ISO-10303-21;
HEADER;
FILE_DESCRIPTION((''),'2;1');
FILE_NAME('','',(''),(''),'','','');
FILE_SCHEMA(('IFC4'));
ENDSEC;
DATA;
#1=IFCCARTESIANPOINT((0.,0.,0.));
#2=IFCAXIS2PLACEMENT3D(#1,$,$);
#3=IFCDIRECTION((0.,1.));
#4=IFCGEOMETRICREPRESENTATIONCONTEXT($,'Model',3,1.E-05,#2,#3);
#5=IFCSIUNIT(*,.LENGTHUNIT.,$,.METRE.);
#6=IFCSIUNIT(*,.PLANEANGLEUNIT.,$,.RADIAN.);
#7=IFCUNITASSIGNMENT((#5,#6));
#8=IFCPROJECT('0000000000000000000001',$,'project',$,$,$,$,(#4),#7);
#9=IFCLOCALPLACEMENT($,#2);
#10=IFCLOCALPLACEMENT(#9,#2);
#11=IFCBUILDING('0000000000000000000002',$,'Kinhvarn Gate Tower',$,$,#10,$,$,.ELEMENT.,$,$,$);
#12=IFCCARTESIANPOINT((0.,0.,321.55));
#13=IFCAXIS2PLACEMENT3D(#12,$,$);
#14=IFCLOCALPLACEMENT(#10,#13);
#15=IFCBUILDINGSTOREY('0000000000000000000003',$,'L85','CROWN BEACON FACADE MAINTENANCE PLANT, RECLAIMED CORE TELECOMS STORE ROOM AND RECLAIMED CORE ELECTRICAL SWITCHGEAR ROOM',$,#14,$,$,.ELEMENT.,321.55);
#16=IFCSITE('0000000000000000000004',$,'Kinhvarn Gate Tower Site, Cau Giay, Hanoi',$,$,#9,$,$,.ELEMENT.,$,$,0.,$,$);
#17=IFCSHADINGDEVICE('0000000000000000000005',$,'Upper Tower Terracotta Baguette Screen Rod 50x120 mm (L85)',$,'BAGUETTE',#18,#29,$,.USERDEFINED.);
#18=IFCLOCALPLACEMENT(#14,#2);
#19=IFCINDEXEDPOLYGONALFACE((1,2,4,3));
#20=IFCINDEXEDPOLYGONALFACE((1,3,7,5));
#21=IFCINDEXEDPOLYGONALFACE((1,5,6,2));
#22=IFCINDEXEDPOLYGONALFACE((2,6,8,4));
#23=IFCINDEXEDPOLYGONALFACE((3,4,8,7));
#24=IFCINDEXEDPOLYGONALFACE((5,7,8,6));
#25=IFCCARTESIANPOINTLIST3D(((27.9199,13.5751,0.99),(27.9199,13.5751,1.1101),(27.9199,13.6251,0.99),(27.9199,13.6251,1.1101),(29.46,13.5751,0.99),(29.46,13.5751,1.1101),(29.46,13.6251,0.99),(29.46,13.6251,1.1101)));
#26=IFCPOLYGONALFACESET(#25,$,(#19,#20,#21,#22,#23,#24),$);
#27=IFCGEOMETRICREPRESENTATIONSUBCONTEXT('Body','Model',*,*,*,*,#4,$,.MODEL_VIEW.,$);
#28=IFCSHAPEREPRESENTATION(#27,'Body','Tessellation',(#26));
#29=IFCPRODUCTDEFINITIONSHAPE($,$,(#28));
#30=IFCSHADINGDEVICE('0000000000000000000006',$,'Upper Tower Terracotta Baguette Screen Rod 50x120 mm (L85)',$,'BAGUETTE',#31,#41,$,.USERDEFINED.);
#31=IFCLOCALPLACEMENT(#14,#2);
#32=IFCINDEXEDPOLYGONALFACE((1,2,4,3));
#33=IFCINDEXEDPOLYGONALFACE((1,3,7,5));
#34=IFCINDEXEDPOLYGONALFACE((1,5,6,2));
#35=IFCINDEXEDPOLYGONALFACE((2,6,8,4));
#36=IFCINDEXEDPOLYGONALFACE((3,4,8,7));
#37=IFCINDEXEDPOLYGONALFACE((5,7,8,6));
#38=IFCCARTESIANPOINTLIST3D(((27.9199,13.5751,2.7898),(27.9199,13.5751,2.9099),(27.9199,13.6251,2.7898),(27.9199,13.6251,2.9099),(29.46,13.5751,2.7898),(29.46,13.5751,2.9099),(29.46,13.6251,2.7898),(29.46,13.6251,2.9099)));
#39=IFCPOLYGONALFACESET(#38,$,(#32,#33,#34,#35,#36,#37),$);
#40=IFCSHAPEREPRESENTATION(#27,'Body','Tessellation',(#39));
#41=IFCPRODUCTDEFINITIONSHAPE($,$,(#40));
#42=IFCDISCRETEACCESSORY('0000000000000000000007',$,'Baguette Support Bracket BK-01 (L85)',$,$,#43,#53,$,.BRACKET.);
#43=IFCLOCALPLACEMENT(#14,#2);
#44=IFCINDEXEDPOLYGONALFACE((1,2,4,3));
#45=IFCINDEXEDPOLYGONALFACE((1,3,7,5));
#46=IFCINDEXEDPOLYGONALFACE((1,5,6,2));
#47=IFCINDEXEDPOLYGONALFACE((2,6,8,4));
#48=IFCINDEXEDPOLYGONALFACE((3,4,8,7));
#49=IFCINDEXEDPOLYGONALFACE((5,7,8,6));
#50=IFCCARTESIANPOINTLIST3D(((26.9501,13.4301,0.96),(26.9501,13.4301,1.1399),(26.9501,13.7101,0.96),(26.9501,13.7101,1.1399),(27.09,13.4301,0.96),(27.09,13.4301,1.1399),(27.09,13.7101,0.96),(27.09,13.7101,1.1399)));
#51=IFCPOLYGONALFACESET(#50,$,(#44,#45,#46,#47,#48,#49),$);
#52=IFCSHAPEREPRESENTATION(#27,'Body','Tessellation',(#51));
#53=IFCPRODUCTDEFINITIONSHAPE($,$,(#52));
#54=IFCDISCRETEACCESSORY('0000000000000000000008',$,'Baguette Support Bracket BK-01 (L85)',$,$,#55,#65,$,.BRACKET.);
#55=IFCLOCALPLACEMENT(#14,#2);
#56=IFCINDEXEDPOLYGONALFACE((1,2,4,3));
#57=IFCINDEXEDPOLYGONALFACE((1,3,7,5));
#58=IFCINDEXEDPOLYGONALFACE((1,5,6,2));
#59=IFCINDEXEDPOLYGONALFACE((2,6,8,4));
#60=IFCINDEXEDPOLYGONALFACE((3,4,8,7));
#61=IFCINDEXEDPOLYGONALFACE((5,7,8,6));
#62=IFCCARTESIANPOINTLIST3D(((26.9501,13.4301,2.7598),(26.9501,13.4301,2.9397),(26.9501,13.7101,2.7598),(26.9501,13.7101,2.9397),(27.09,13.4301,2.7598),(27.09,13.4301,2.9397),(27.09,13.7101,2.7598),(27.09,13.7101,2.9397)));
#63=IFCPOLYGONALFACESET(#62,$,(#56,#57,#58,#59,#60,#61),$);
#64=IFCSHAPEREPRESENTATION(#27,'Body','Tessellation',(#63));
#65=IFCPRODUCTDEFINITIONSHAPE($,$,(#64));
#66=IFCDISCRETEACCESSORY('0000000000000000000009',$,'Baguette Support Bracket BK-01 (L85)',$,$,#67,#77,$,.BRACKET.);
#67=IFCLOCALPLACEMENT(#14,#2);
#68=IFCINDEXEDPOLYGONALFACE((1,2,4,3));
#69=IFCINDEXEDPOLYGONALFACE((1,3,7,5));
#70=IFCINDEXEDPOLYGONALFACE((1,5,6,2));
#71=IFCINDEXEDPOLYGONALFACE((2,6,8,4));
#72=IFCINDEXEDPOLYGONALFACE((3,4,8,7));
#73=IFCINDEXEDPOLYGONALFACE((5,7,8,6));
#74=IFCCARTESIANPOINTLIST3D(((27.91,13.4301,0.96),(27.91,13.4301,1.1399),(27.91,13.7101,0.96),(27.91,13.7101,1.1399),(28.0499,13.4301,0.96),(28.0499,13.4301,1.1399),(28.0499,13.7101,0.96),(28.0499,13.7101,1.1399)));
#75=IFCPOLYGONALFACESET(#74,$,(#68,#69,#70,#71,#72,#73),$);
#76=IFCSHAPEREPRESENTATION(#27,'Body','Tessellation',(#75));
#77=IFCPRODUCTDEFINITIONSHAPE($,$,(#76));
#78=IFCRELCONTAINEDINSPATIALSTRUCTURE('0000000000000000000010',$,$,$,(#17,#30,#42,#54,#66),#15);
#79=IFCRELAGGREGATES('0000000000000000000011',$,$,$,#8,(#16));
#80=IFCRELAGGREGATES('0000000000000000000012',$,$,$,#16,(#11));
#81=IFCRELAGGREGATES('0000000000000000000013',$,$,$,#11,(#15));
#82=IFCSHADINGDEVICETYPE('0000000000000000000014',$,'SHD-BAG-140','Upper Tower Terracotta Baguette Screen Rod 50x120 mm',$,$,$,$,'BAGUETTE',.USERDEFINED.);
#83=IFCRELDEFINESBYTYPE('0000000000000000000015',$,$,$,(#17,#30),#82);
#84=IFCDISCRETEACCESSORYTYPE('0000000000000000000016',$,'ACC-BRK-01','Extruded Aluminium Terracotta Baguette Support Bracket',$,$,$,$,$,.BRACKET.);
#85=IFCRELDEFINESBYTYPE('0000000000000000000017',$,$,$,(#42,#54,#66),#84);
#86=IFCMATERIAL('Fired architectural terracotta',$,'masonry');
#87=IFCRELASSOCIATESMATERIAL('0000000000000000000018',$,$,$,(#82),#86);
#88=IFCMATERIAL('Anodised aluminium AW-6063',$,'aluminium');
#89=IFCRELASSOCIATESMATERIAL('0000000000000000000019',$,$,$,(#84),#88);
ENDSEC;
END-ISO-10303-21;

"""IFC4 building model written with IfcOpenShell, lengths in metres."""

from ifc_helpers import new_model, si_unit, direction, frame, origin, origin_2d, place, context, subcontext, project, spatial, rectangle, extrude, material, material_profile, profile_set, type_object, element, save


model = new_model("IFC4")

# Units and contexts
model_context = context("Model", 3, precision=1e-05, world=origin(), true_north=direction((0.0, 1.0)))
body_context = subcontext(model_context, "Body", "Model", "MODEL_VIEW")
ifc_project = project(units=[si_unit("LENGTHUNIT", "METRE"), si_unit("PLANEANGLEUNIT", "RADIAN")], contexts=[model_context])

# Site, building, storey
site_placement = place(None, origin())
site = spatial("IfcSite", under=ifc_project, at=site_placement, Name="Kinhvarn Gate Tower Site, Cau Giay, Hanoi", CompositionType="ELEMENT", RefElevation=0.0)
building_placement = place(site_placement, origin())
building = spatial("IfcBuilding", under=site, at=building_placement, Name="Kinhvarn Gate Tower", CompositionType="ELEMENT")
storey_placement = place(building_placement, frame((0.0, 0.0, 321.55)))
storey = spatial("IfcBuildingStorey", under=building, at=storey_placement, Name="L85", Description="CROWN BEACON FACADE MAINTENANCE PLANT, RECLAIMED CORE TELECOMS STORE ROOM AND RECLAIMED CORE ELECTRICAL SWITCHGEAR ROOM", CompositionType="ELEMENT", Elevation=321.55)

# Shared definitions
ifc_material_1 = material(Name="Anodised aluminium AW-6063", Category="aluminium")

# Shading devices
ifc_material_2 = material(Name="Fired architectural terracotta", Category="masonry")
ifc_material_profile_1 = material_profile(ifc_material_2, rectangle(XDim=0.05, YDim=0.1201, at=origin_2d()), Name="TC 50x120")
ifc_profile_set_1 = profile_set([ifc_material_profile_1], Name="Fired architectural terracotta")
shading_device_type = type_object("IfcShadingDeviceType", Name="SHD-BAG-140", Description="Upper Tower Terracotta Baguette Screen Rod 50x120 mm", ElementType="BAGUETTE", PredefinedType="USERDEFINED", material=ifc_profile_set_1)
for number, where, z_axis, x_axis, name in (
    (1, (27.9199, 13.6001, 1.05), (1.0, 0.0, 0.0), (0.0, 1.0, 0.0), "Upper Tower Terracotta Baguette Screen Rod 50x120 mm (L85)"),
    (2, (27.9199, 13.6001, 2.8499), (1.0, 0.0, 0.0), (0.0, 1.0, 0.0), "Upper Tower Terracotta Baguette Screen Rod 50x120 mm (L85)"),
):
    element("IfcShadingDevice", number, at=place(storey_placement, frame(where, z_axis=z_axis, x_axis=x_axis)), inside=storey, type_object=shading_device_type, Name=name, ObjectType="BAGUETTE", PredefinedType="USERDEFINED", context=body_context, shape_type="SweptSolid", body=[
        extrude(rectangle(XDim=0.05, YDim=0.1201, at=origin_2d()), origin(), (0.0, 0.0, 1.0), 1.54),
    ])

# Discrete accessories
discrete_accessory_type = type_object("IfcDiscreteAccessoryType", Name="ACC-BRK-01", Description="Extruded Aluminium Terracotta Baguette Support Bracket", PredefinedType="BRACKET", material=ifc_material_1)
for number, where, z_axis, x_axis, name in (
    (3, (27.02, 13.5701, 0.96), (0.0, 0.0, 1.0), (1.0, 0.0, 0.0), "Baguette Support Bracket BK-01 (L85)"),
    (4, (27.02, 13.5701, 2.7598), (0.0, 0.0, 1.0), (1.0, 0.0, 0.0), "Baguette Support Bracket BK-01 (L85)"),
    (5, (27.98, 13.5701, 0.96), (0.0, 0.0, 1.0), (1.0, 0.0, 0.0), "Baguette Support Bracket BK-01 (L85)"),
):
    element("IfcDiscreteAccessory", number, at=place(storey_placement, frame(where, z_axis=z_axis, x_axis=x_axis)), inside=storey, type_object=discrete_accessory_type, Name=name, PredefinedType="BRACKET", context=body_context, shape_type="SweptSolid", body=[
        extrude(rectangle(XDim=0.1399, YDim=0.28, at=origin_2d()), origin(), (0.0, 0.0, 1.0), 0.1799),
    ])

save(model, "model.ifc")
